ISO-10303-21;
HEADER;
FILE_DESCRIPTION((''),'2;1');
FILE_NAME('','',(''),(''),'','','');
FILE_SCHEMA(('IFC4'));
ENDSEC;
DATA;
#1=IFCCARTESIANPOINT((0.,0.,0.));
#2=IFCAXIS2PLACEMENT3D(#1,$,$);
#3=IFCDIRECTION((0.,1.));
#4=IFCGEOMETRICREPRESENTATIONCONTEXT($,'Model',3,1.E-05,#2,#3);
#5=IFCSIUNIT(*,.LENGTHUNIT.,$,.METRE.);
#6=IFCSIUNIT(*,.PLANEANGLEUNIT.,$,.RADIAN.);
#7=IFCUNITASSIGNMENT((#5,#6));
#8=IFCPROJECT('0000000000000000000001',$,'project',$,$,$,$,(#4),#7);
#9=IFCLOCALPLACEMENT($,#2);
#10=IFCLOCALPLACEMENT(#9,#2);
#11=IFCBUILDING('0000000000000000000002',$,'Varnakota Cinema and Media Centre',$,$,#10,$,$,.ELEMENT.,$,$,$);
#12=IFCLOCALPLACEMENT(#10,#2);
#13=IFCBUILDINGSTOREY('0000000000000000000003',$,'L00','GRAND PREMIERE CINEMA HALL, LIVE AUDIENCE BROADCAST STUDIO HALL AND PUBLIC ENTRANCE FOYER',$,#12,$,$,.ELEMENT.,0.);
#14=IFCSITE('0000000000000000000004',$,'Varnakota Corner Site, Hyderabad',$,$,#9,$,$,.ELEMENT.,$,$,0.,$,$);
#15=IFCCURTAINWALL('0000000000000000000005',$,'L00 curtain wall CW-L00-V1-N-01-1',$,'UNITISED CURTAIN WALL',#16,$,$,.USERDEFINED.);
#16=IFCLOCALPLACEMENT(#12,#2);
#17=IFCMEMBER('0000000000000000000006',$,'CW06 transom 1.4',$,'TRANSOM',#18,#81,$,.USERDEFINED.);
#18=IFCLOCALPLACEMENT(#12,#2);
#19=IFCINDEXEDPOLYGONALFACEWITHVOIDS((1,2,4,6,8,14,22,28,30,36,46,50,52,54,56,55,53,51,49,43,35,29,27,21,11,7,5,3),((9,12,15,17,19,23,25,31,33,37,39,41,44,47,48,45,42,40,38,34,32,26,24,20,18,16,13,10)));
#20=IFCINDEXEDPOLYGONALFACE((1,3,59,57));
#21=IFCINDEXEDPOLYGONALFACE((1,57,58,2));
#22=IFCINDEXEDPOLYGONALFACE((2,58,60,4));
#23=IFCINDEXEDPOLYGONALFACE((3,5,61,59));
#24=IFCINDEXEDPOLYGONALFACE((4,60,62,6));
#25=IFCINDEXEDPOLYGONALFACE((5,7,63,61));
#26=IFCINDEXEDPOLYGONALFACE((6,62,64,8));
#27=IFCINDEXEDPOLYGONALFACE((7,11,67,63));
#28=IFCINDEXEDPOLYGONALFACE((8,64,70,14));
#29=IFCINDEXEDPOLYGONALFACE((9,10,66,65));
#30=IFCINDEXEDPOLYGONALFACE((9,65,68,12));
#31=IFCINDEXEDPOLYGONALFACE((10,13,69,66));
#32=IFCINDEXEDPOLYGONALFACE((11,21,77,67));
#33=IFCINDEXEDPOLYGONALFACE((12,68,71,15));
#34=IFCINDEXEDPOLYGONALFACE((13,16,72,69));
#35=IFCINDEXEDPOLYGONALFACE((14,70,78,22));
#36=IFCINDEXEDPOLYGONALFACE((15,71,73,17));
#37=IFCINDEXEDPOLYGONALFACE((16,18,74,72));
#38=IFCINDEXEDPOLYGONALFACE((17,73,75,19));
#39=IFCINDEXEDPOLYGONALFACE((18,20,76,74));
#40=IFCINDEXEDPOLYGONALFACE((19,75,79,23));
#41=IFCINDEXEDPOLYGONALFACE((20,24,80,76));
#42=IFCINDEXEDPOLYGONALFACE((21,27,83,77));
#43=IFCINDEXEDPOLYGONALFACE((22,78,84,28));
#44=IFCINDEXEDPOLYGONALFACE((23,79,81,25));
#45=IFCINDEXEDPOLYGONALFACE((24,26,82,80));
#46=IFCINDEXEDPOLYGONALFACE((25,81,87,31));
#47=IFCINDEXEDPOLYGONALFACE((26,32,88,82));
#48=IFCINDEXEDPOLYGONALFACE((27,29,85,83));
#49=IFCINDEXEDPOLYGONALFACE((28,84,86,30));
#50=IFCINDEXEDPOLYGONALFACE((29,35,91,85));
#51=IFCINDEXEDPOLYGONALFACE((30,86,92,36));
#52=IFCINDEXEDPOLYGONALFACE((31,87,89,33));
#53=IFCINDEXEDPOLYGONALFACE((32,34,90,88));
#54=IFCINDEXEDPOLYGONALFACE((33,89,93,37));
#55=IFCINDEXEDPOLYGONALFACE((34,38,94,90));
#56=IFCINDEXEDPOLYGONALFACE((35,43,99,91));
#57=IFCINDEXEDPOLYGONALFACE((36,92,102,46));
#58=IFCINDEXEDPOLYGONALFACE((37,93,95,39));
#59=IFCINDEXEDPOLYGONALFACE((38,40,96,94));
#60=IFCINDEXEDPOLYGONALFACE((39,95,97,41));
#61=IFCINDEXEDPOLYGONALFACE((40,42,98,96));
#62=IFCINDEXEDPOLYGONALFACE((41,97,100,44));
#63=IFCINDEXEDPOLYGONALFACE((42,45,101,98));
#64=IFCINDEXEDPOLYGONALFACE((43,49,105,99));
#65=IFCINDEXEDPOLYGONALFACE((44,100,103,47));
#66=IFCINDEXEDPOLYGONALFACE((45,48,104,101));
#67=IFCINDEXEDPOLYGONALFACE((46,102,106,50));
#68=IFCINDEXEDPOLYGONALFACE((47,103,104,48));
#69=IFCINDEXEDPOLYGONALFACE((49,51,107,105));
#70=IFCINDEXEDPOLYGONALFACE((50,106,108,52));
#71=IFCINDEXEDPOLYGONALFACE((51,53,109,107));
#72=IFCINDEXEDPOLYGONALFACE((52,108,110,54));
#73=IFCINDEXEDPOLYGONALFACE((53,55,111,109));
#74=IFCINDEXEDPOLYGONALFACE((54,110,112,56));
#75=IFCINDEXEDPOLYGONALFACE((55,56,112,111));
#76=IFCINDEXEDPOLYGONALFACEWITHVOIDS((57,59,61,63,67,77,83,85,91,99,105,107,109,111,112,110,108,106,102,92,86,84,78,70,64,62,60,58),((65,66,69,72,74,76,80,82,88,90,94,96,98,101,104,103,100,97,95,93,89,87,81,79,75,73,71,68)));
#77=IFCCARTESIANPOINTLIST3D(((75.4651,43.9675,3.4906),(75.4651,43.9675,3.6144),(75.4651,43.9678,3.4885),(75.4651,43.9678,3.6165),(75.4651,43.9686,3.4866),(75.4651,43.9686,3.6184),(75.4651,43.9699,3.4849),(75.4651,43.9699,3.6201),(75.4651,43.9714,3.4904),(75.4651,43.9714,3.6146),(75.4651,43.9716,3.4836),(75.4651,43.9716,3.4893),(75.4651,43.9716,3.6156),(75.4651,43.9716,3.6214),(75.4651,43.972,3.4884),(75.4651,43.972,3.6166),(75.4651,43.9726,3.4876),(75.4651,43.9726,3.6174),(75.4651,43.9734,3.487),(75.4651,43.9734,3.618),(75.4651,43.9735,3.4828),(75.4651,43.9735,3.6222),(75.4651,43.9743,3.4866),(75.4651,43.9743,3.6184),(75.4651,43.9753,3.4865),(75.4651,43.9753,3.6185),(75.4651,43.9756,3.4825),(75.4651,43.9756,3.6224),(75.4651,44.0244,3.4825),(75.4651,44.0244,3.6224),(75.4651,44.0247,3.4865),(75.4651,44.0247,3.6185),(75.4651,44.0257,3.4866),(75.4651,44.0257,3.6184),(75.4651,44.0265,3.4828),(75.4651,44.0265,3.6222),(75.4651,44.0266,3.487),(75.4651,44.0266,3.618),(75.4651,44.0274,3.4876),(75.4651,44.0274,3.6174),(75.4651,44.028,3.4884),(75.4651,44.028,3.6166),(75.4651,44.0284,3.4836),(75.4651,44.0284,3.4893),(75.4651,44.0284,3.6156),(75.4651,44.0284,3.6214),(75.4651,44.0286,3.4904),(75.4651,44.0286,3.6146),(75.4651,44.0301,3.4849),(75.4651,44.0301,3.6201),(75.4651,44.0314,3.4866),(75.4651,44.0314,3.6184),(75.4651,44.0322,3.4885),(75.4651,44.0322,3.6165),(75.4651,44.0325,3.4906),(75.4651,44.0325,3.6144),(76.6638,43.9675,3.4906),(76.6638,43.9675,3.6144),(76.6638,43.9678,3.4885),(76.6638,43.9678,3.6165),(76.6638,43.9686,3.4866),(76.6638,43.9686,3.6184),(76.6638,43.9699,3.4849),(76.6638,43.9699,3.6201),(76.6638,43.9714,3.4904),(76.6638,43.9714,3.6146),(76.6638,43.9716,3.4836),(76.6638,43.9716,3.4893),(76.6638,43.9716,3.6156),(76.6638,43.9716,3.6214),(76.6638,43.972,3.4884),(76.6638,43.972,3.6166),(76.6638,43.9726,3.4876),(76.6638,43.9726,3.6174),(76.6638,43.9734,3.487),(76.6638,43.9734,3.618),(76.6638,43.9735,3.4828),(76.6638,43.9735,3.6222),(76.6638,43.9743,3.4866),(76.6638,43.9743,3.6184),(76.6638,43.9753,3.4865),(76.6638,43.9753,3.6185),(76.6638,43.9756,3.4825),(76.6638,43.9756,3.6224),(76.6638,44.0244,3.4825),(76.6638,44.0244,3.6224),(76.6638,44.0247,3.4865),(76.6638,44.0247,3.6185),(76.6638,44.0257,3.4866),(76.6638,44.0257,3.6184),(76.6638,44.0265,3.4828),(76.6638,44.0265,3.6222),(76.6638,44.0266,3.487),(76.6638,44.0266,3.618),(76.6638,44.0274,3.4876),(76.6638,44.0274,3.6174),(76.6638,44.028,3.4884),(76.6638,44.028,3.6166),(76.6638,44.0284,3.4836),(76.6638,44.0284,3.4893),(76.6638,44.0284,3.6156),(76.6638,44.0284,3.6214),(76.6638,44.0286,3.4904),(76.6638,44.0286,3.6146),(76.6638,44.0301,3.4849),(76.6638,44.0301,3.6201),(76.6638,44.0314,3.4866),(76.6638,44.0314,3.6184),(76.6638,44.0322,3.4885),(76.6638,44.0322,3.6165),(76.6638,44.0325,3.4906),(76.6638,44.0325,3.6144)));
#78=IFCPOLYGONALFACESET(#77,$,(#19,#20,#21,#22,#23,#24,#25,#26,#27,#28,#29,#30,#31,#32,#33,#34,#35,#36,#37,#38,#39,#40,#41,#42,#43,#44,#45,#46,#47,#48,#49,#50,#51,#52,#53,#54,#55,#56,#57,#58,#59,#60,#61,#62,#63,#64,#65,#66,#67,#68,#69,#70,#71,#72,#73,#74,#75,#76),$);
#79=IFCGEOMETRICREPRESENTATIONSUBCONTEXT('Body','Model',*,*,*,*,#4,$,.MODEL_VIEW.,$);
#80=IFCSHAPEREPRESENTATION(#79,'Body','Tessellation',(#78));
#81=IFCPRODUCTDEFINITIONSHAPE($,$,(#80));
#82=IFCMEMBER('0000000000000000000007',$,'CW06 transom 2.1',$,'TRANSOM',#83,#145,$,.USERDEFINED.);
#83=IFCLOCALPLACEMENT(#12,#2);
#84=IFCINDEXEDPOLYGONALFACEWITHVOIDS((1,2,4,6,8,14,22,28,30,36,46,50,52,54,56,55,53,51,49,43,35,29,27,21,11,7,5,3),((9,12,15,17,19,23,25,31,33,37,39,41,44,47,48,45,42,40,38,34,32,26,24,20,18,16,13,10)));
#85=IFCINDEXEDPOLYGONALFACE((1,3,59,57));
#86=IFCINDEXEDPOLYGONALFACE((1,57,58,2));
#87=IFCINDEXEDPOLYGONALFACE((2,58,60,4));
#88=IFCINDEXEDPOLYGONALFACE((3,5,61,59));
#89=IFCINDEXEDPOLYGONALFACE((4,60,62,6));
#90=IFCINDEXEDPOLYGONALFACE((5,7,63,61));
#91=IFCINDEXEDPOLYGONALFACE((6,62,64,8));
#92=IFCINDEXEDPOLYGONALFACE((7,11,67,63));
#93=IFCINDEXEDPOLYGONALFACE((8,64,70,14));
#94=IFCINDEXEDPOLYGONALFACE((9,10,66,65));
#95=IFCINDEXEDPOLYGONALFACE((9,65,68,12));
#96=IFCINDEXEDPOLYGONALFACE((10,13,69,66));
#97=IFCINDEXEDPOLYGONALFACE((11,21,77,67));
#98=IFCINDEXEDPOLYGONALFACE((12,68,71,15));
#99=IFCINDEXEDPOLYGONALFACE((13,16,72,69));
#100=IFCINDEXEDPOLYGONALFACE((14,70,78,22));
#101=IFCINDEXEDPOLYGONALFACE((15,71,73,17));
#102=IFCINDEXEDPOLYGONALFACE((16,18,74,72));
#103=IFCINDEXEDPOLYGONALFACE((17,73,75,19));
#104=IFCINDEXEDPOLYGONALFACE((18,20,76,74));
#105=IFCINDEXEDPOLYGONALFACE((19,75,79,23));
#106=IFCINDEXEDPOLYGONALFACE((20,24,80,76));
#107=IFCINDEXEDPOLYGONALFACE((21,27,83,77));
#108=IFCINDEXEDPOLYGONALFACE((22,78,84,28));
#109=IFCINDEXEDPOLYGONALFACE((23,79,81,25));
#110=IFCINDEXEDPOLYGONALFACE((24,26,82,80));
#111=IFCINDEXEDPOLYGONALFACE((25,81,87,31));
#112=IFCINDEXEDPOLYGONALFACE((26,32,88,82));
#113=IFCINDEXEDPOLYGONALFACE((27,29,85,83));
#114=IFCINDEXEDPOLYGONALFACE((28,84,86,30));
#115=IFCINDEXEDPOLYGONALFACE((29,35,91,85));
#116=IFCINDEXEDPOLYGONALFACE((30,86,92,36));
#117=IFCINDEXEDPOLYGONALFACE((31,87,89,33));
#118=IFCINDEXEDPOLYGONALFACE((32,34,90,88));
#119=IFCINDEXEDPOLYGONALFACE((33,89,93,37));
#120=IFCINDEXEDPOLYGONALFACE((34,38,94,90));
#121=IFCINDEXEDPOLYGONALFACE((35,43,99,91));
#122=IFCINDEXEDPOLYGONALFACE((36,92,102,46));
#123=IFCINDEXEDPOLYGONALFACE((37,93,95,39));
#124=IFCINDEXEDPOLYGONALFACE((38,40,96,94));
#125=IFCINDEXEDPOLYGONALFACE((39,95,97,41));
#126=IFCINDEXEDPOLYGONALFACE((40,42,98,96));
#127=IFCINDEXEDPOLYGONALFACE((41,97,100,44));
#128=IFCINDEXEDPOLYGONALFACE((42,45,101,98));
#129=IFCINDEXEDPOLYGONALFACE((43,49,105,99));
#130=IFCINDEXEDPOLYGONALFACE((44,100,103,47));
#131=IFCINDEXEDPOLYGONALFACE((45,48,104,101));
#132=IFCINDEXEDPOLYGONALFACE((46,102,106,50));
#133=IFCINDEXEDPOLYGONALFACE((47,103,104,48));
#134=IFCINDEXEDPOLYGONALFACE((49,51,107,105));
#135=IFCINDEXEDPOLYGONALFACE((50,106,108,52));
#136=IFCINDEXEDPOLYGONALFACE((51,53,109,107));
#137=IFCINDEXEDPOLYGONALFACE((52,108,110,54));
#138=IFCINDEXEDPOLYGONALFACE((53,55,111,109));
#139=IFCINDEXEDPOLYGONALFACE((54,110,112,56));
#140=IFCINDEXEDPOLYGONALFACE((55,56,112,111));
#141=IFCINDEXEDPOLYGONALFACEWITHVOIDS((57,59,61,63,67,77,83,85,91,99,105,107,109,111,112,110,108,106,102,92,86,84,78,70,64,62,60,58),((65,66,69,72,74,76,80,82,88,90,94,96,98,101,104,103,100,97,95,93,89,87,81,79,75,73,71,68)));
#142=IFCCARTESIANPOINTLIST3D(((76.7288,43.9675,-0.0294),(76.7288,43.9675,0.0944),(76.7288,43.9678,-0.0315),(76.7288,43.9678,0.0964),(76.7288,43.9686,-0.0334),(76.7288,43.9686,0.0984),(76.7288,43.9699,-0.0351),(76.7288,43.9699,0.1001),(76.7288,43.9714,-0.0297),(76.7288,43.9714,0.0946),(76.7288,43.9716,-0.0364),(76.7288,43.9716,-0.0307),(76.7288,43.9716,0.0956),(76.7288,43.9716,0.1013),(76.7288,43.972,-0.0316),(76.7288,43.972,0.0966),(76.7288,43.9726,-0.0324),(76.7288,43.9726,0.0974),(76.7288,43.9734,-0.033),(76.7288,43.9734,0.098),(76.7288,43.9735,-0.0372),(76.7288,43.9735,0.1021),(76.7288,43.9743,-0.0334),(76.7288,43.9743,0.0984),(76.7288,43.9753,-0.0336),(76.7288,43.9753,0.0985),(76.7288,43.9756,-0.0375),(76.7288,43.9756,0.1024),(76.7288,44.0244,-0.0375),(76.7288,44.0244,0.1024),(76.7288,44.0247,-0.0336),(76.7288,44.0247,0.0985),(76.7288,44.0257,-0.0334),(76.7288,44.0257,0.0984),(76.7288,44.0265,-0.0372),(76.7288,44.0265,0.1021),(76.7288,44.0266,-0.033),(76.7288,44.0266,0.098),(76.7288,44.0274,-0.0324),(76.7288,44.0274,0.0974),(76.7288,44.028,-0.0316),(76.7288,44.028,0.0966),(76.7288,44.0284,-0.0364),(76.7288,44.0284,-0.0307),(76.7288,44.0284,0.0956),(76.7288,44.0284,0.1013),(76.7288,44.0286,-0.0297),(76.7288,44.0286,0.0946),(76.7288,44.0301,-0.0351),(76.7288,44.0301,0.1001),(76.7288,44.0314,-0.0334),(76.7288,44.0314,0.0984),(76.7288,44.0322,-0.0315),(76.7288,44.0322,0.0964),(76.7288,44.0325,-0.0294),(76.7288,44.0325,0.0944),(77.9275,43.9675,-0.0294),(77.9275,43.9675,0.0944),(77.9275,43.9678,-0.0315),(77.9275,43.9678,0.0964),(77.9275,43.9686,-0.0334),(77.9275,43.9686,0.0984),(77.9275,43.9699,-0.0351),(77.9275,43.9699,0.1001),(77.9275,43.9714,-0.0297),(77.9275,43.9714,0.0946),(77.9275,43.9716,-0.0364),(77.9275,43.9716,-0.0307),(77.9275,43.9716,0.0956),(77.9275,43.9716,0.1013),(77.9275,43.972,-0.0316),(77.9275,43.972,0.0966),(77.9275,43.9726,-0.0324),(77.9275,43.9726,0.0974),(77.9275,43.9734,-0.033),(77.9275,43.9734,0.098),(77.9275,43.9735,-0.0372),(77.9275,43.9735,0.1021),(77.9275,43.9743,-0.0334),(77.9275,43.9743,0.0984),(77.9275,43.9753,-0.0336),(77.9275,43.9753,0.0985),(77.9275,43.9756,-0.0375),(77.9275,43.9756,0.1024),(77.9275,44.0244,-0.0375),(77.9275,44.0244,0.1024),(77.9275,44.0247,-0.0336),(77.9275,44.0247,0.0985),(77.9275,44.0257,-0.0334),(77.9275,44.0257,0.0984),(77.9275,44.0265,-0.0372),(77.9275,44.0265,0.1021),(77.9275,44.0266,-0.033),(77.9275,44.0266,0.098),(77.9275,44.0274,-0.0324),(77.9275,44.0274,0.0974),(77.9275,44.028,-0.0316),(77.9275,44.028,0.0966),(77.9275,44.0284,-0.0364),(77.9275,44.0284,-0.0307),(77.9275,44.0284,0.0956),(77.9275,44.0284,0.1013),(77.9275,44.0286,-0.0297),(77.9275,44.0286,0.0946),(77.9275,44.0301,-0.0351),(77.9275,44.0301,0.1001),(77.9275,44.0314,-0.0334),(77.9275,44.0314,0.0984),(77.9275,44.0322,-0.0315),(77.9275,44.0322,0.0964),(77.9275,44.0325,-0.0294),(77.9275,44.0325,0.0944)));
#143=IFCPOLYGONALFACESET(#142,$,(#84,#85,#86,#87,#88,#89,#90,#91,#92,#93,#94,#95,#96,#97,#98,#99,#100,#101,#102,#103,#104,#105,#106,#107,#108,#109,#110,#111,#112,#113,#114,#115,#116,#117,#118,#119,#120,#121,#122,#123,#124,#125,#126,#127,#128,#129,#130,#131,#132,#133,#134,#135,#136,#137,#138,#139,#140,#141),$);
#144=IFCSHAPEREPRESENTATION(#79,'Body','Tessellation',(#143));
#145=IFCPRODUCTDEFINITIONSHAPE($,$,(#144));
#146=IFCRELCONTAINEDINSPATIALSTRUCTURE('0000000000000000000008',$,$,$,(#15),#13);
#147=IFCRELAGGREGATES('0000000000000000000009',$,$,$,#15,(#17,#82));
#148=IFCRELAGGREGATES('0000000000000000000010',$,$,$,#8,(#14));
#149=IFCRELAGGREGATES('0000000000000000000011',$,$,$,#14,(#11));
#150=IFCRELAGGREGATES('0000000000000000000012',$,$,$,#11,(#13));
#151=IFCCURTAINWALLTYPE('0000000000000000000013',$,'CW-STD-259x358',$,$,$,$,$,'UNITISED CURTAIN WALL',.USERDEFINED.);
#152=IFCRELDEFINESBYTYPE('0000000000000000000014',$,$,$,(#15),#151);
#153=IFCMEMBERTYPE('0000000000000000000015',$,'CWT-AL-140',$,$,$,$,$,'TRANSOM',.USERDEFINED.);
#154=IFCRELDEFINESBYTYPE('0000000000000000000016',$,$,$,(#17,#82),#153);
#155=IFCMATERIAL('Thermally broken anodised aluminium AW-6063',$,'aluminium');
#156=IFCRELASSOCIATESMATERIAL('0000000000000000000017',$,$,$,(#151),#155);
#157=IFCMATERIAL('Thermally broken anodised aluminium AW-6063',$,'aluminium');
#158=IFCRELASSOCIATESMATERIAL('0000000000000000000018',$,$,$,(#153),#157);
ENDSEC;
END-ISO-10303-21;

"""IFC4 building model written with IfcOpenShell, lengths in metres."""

from ifc_helpers import new_model, si_unit, direction, frame, origin, origin_2d, place, context, subcontext, project, spatial, hollow_rectangle, extrude, material, material_profile, profile_set, type_object, element, aggregate, save


model = new_model("IFC4")

# Units and contexts
model_context = context("Model", 3, precision=1e-05, world=origin(), true_north=direction((0.0, 1.0)))
body_context = subcontext(model_context, "Body", "Model", "MODEL_VIEW")
ifc_project = project(units=[si_unit("LENGTHUNIT", "METRE"), si_unit("PLANEANGLEUNIT", "RADIAN")], contexts=[model_context])

# Site, building, storey
site_placement = place(None, origin())
site = spatial("IfcSite", under=ifc_project, at=site_placement, Name="Varnakota Corner Site, Hyderabad", CompositionType="ELEMENT", RefElevation=0.0)
building_placement = place(site_placement, origin())
building = spatial("IfcBuilding", under=site, at=building_placement, Name="Varnakota Cinema and Media Centre", CompositionType="ELEMENT")
storey_placement = place(building_placement, origin())
storey = spatial("IfcBuildingStorey", under=building, at=storey_placement, Name="L00", Description="GRAND PREMIERE CINEMA HALL, LIVE AUDIENCE BROADCAST STUDIO HALL AND PUBLIC ENTRANCE FOYER", CompositionType="ELEMENT", Elevation=0.0)

# Curtain wall
ifc_material_1 = material(Name="Thermally broken anodised aluminium AW-6063", Category="aluminium")
curtain_wall_type_1 = type_object("IfcCurtainWallType", Name="CW-STD-259x358", ElementType="UNITISED CURTAIN WALL", PredefinedType="USERDEFINED", material=ifc_material_1)
curtain_wall_1_placement = place(storey_placement, origin())
curtain_wall_1 = element("IfcCurtainWall", 1, at=curtain_wall_1_placement, inside=storey, type_object=curtain_wall_type_1, Name="L00 curtain wall CW-L00-V1-N-01-1", ObjectType="UNITISED CURTAIN WALL", PredefinedType="USERDEFINED")

# Members
ifc_material_2 = material(Name="Thermally broken anodised aluminium AW-6063", Category="aluminium")
ifc_material_profile_1 = material_profile(ifc_material_2, hollow_rectangle(XDim=0.0649, YDim=0.1399, WallThickness=0.0039, InnerFilletRadius=0.0039, OuterFilletRadius=0.0081, at=origin_2d()), Name="AL-TRANSOM 140x65x4")
ifc_profile_set_1 = profile_set([ifc_material_profile_1], Name="Thermally broken anodised aluminium AW-6063")
member_type_1 = type_object("IfcMemberType", Name="CWT-AL-140", ElementType="TRANSOM", PredefinedType="USERDEFINED", material=ifc_profile_set_1)
member_1_placement = place(storey_placement, frame((75.4651, 44.0, 3.5525), z_axis=(1.0, 0.0, 0.0), x_axis=(0.0, 1.0, 0.0)))
member_1 = element("IfcMember", 2, at=member_1_placement, type_object=member_type_1, Name="CW06 transom 1.4", ObjectType="TRANSOM", PredefinedType="USERDEFINED", context=body_context, shape_type="SweptSolid", body=[
    extrude(hollow_rectangle(XDim=0.0649, YDim=0.1399, WallThickness=0.0039, InnerFilletRadius=0.0039, OuterFilletRadius=0.0081, at=origin_2d()), origin(), (0.0, 0.0, 1.0), 1.1987),
])
member_2_placement = place(storey_placement, frame((76.7288, 44.0, 0.0325), z_axis=(1.0, 0.0, 0.0), x_axis=(0.0, 1.0, 0.0)))
member_2 = element("IfcMember", 3, at=member_2_placement, type_object=member_type_1, Name="CW06 transom 2.1", ObjectType="TRANSOM", PredefinedType="USERDEFINED", context=body_context, shape_type="SweptSolid", body=[
    extrude(hollow_rectangle(XDim=0.0649, YDim=0.1399, WallThickness=0.0039, InnerFilletRadius=0.0039, OuterFilletRadius=0.0081, at=origin_2d()), origin(), (0.0, 0.0, 1.0), 1.1987),
])

aggregate(curtain_wall_1, [member_1, member_2])

save(model, "model.ifc")
